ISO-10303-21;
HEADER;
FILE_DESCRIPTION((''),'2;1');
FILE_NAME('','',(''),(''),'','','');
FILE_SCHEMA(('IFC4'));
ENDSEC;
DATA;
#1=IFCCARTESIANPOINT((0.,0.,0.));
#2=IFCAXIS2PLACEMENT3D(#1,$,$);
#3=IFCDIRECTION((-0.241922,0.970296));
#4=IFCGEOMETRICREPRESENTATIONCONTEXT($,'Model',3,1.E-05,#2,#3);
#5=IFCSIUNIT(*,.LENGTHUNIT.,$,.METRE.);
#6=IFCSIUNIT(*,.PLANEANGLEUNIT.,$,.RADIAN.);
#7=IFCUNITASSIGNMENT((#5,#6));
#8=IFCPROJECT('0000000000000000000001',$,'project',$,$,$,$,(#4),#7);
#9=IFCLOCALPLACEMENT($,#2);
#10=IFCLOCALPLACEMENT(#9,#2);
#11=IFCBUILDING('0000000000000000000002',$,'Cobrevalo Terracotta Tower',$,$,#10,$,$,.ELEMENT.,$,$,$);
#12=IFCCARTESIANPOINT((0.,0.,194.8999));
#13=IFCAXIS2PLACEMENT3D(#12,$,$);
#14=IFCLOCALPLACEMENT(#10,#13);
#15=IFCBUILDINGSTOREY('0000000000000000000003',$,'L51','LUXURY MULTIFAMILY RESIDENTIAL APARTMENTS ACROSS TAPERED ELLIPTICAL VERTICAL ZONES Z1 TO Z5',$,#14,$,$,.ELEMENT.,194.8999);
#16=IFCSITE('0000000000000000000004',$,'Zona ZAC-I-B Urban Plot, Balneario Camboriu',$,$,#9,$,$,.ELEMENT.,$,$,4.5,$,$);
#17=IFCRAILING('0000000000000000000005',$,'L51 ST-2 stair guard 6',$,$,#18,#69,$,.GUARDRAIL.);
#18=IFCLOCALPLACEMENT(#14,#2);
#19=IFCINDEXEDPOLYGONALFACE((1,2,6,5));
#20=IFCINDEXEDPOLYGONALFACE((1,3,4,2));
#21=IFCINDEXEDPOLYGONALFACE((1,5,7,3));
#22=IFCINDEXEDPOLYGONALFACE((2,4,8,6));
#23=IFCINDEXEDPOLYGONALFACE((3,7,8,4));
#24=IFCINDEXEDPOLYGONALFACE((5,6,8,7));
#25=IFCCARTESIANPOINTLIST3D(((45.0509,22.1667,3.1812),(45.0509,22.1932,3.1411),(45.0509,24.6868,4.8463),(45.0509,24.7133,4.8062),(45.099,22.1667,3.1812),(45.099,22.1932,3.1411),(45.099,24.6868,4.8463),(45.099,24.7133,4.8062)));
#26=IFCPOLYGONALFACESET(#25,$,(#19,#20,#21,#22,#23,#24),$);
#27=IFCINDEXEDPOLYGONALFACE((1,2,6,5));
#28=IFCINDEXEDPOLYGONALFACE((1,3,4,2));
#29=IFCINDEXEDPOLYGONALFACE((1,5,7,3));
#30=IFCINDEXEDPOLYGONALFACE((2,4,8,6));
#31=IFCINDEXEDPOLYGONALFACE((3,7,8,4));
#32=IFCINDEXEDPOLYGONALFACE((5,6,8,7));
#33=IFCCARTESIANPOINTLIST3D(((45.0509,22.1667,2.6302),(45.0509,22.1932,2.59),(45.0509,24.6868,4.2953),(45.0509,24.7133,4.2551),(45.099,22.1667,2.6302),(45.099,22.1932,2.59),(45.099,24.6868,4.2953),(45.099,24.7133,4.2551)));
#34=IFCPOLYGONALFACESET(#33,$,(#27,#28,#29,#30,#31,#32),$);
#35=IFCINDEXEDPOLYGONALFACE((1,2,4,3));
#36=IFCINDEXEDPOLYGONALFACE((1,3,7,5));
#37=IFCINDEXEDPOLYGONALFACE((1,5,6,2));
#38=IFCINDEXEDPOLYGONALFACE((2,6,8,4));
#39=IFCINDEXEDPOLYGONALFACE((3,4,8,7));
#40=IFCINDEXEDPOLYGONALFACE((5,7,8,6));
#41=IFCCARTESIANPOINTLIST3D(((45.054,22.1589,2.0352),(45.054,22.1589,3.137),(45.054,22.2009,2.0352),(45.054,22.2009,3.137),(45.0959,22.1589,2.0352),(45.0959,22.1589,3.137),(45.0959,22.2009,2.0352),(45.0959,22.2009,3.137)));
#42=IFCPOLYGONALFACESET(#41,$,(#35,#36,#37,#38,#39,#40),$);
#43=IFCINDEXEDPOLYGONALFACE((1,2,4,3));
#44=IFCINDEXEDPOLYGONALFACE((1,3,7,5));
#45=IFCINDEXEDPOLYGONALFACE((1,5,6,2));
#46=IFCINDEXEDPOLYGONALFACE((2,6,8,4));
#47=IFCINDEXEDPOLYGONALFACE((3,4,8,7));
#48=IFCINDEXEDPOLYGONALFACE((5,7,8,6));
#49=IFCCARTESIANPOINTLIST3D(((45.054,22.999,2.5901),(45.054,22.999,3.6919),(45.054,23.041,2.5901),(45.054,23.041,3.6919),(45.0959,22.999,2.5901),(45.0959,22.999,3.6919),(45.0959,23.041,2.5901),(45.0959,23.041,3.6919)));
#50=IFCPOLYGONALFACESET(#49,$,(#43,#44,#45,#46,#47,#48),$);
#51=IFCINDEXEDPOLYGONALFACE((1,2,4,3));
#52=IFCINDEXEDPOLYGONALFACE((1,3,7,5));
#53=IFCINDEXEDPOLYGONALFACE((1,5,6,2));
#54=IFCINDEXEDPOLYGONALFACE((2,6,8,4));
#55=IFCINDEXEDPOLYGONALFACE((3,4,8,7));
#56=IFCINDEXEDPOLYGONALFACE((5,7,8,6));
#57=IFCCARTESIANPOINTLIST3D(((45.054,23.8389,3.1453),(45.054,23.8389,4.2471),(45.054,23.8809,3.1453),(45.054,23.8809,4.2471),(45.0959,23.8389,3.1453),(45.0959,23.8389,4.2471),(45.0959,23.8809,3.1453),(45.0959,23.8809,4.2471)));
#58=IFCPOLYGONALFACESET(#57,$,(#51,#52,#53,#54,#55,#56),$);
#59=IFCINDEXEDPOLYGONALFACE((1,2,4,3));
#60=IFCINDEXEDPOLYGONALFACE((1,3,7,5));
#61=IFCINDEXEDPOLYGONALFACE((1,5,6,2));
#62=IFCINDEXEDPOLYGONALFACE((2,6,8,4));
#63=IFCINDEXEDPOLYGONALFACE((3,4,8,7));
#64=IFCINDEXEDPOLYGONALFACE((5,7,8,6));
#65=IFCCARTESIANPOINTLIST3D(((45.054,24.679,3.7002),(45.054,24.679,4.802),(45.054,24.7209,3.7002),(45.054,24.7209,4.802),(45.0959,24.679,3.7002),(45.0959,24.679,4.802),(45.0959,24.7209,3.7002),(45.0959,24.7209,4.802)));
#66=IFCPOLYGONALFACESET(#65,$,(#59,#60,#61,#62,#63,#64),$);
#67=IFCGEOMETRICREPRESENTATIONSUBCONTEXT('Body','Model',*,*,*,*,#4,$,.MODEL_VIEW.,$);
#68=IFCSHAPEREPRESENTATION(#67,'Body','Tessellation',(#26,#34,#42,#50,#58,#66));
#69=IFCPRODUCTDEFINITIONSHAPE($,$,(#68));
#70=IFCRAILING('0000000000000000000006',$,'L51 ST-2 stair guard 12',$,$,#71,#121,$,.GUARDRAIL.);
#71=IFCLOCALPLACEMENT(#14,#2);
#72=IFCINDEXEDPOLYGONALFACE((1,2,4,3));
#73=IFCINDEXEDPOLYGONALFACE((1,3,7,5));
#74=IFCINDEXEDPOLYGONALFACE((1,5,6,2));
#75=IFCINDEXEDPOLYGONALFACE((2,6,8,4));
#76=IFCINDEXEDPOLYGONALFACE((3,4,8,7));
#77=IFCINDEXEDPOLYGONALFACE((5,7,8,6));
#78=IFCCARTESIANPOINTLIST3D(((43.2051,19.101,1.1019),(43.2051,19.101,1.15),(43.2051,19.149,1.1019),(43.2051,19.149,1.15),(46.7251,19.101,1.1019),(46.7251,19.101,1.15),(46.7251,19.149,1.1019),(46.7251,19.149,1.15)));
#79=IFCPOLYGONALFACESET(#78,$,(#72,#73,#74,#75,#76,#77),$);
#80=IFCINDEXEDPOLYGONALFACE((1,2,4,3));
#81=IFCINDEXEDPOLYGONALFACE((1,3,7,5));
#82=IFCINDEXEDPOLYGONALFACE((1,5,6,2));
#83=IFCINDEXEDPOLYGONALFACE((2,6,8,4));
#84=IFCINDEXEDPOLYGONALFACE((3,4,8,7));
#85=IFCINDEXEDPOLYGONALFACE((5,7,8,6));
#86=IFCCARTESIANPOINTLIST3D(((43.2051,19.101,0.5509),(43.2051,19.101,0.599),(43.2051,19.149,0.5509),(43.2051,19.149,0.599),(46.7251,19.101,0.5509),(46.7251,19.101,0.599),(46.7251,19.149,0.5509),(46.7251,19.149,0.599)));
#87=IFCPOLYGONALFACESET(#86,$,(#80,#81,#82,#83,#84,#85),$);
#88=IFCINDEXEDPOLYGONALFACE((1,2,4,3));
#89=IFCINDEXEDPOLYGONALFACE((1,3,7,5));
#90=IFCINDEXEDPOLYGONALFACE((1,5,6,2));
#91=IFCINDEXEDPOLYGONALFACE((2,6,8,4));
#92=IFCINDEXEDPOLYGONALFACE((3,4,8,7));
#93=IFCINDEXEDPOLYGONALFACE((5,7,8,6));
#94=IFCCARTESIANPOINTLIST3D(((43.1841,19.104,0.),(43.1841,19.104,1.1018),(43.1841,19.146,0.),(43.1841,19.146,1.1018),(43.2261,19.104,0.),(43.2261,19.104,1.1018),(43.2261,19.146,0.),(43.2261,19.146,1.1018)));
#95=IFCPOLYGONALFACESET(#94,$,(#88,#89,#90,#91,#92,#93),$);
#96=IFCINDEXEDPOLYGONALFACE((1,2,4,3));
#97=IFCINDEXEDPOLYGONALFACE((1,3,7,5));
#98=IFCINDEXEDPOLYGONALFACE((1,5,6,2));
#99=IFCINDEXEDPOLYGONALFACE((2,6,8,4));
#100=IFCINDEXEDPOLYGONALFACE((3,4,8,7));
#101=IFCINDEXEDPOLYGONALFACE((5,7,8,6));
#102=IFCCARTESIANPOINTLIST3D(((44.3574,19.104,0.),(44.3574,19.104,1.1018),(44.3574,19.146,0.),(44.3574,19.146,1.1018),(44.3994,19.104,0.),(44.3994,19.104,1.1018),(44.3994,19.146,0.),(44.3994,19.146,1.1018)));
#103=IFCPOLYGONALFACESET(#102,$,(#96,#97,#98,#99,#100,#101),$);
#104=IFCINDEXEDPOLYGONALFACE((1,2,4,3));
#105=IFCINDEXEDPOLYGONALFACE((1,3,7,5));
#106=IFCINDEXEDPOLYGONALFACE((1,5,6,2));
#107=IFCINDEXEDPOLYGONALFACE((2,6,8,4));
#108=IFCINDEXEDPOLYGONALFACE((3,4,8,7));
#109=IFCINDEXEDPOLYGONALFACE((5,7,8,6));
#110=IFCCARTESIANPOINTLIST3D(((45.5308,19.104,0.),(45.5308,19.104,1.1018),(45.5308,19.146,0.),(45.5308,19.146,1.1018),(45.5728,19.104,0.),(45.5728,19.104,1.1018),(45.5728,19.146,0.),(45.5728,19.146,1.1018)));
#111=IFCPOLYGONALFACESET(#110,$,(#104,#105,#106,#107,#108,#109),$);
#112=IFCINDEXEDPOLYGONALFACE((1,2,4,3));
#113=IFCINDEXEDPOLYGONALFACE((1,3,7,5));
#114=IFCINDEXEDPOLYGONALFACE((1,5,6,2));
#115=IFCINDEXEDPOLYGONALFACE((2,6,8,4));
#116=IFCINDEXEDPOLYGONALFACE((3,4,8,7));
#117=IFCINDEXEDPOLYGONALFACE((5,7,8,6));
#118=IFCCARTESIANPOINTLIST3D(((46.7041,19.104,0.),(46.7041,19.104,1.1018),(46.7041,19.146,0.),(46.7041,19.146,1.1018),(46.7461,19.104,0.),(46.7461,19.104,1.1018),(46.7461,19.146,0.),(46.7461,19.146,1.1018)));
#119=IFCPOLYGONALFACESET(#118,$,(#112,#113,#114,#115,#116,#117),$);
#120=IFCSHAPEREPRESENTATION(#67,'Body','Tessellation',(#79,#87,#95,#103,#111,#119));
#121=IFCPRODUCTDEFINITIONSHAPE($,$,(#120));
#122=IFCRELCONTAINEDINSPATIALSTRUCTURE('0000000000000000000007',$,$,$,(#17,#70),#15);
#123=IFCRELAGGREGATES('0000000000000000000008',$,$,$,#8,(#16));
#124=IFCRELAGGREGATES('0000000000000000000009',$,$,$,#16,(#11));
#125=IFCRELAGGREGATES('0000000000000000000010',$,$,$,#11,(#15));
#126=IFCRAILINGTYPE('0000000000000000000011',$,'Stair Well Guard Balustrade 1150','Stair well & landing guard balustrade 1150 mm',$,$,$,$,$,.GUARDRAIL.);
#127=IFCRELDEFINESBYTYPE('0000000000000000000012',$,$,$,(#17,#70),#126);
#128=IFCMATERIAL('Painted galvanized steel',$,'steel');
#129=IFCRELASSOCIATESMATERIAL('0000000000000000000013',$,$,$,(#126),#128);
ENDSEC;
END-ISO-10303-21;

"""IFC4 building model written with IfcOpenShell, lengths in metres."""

from ifc_helpers import new_model, si_unit, direction, frame, origin, origin_2d, place, context, subcontext, project, spatial, rectangle, extrude, material, type_object, element, save


model = new_model("IFC4")

# Units and contexts
model_context = context("Model", 3, precision=1e-05, world=origin(), true_north=direction((-0.241922, 0.970296)))
body_context = subcontext(model_context, "Body", "Model", "MODEL_VIEW")
ifc_project = project(units=[si_unit("LENGTHUNIT", "METRE"), si_unit("PLANEANGLEUNIT", "RADIAN")], contexts=[model_context])

# Site, building, storey
site_placement = place(None, origin())
site = spatial("IfcSite", under=ifc_project, at=site_placement, Name="Zona ZAC-I-B Urban Plot, Balneario Camboriu", CompositionType="ELEMENT", RefElevation=4.5)
building_placement = place(site_placement, origin())
building = spatial("IfcBuilding", under=site, at=building_placement, Name="Cobrevalo Terracotta Tower", CompositionType="ELEMENT")
storey_placement = place(building_placement, frame((0.0, 0.0, 194.8999)))
storey = spatial("IfcBuildingStorey", under=building, at=storey_placement, Name="L51", Description="LUXURY MULTIFAMILY RESIDENTIAL APARTMENTS ACROSS TAPERED ELLIPTICAL VERTICAL ZONES Z1 TO Z5", CompositionType="ELEMENT", Elevation=194.8999)

# Railings
ifc_material_1 = material(Name="Painted galvanized steel", Category="steel")
railing_type_1 = type_object("IfcRailingType", Name="Stair Well Guard Balustrade 1150", Description="Stair well & landing guard balustrade 1150 mm", PredefinedType="GUARDRAIL", material=ifc_material_1)
railing_1_placement = place(storey_placement, frame((45.075, 22.1799, 2.0352)))
element("IfcRailing", 1, at=railing_1_placement, inside=storey, type_object=railing_type_1, Name="L51 ST-2 stair guard 6", PredefinedType="GUARDRAIL", context=body_context, shape_type="SweptSolid", body=[
    extrude(rectangle(XDim=0.0481, YDim=0.0481, at=origin_2d()), frame((0.0, 0.0, 1.126), z_axis=(0.0, 0.834331, 0.551263), x_axis=(-1.0, 0.0, 0.0)), (0.0, 0.0, 1.0), 3.0205),
    extrude(rectangle(XDim=0.0481, YDim=0.0481, at=origin_2d()), frame((0.0, 0.0, 0.575), z_axis=(0.0, 0.834331, 0.551263), x_axis=(-1.0, 0.0, 0.0)), (0.0, 0.0, 1.0), 3.0205),
    extrude(rectangle(XDim=0.042, YDim=0.042, at=origin_2d()), origin(), (0.0, 0.0, 1.0), 1.1018),
    extrude(rectangle(XDim=0.042, YDim=0.042, at=origin_2d()), frame((0.0, 0.8401, 0.5549)), (0.0, 0.0, 1.0), 1.1018),
    extrude(rectangle(XDim=0.042, YDim=0.042, at=origin_2d()), frame((0.0, 1.6799, 1.1101)), (0.0, 0.0, 1.0), 1.1018),
    extrude(rectangle(XDim=0.042, YDim=0.042, at=origin_2d()), frame((0.0, 2.52, 1.665)), (0.0, 0.0, 1.0), 1.1018),
])
railing_2_placement = place(storey_placement, frame((43.2051, 19.125, 0.0)))
element("IfcRailing", 2, at=railing_2_placement, inside=storey, type_object=railing_type_1, Name="L51 ST-2 stair guard 12", PredefinedType="GUARDRAIL", context=body_context, shape_type="SweptSolid", body=[
    extrude(rectangle(XDim=0.0481, YDim=0.0481, at=origin_2d()), frame((0.0, 0.0, 1.126), z_axis=(1.0, 0.0, 0.0), x_axis=(0.0, 1.0, 0.0)), (0.0, 0.0, 1.0), 3.52),
    extrude(rectangle(XDim=0.0481, YDim=0.0481, at=origin_2d()), frame((0.0, 0.0, 0.575), z_axis=(1.0, 0.0, 0.0), x_axis=(0.0, 1.0, 0.0)), (0.0, 0.0, 1.0), 3.52),
    extrude(rectangle(XDim=0.042, YDim=0.042, at=origin_2d()), origin(), (0.0, 0.0, 1.0), 1.1018),
    extrude(rectangle(XDim=0.042, YDim=0.042, at=origin_2d()), frame((1.1733, 0.0, 0.0)), (0.0, 0.0, 1.0), 1.1018),
    extrude(rectangle(XDim=0.042, YDim=0.042, at=origin_2d()), frame((2.3467, 0.0, 0.0)), (0.0, 0.0, 1.0), 1.1018),
    extrude(rectangle(XDim=0.042, YDim=0.042, at=origin_2d()), frame((3.52, 0.0, 0.0)), (0.0, 0.0, 1.0), 1.1018),
])

save(model, "model.ifc")
